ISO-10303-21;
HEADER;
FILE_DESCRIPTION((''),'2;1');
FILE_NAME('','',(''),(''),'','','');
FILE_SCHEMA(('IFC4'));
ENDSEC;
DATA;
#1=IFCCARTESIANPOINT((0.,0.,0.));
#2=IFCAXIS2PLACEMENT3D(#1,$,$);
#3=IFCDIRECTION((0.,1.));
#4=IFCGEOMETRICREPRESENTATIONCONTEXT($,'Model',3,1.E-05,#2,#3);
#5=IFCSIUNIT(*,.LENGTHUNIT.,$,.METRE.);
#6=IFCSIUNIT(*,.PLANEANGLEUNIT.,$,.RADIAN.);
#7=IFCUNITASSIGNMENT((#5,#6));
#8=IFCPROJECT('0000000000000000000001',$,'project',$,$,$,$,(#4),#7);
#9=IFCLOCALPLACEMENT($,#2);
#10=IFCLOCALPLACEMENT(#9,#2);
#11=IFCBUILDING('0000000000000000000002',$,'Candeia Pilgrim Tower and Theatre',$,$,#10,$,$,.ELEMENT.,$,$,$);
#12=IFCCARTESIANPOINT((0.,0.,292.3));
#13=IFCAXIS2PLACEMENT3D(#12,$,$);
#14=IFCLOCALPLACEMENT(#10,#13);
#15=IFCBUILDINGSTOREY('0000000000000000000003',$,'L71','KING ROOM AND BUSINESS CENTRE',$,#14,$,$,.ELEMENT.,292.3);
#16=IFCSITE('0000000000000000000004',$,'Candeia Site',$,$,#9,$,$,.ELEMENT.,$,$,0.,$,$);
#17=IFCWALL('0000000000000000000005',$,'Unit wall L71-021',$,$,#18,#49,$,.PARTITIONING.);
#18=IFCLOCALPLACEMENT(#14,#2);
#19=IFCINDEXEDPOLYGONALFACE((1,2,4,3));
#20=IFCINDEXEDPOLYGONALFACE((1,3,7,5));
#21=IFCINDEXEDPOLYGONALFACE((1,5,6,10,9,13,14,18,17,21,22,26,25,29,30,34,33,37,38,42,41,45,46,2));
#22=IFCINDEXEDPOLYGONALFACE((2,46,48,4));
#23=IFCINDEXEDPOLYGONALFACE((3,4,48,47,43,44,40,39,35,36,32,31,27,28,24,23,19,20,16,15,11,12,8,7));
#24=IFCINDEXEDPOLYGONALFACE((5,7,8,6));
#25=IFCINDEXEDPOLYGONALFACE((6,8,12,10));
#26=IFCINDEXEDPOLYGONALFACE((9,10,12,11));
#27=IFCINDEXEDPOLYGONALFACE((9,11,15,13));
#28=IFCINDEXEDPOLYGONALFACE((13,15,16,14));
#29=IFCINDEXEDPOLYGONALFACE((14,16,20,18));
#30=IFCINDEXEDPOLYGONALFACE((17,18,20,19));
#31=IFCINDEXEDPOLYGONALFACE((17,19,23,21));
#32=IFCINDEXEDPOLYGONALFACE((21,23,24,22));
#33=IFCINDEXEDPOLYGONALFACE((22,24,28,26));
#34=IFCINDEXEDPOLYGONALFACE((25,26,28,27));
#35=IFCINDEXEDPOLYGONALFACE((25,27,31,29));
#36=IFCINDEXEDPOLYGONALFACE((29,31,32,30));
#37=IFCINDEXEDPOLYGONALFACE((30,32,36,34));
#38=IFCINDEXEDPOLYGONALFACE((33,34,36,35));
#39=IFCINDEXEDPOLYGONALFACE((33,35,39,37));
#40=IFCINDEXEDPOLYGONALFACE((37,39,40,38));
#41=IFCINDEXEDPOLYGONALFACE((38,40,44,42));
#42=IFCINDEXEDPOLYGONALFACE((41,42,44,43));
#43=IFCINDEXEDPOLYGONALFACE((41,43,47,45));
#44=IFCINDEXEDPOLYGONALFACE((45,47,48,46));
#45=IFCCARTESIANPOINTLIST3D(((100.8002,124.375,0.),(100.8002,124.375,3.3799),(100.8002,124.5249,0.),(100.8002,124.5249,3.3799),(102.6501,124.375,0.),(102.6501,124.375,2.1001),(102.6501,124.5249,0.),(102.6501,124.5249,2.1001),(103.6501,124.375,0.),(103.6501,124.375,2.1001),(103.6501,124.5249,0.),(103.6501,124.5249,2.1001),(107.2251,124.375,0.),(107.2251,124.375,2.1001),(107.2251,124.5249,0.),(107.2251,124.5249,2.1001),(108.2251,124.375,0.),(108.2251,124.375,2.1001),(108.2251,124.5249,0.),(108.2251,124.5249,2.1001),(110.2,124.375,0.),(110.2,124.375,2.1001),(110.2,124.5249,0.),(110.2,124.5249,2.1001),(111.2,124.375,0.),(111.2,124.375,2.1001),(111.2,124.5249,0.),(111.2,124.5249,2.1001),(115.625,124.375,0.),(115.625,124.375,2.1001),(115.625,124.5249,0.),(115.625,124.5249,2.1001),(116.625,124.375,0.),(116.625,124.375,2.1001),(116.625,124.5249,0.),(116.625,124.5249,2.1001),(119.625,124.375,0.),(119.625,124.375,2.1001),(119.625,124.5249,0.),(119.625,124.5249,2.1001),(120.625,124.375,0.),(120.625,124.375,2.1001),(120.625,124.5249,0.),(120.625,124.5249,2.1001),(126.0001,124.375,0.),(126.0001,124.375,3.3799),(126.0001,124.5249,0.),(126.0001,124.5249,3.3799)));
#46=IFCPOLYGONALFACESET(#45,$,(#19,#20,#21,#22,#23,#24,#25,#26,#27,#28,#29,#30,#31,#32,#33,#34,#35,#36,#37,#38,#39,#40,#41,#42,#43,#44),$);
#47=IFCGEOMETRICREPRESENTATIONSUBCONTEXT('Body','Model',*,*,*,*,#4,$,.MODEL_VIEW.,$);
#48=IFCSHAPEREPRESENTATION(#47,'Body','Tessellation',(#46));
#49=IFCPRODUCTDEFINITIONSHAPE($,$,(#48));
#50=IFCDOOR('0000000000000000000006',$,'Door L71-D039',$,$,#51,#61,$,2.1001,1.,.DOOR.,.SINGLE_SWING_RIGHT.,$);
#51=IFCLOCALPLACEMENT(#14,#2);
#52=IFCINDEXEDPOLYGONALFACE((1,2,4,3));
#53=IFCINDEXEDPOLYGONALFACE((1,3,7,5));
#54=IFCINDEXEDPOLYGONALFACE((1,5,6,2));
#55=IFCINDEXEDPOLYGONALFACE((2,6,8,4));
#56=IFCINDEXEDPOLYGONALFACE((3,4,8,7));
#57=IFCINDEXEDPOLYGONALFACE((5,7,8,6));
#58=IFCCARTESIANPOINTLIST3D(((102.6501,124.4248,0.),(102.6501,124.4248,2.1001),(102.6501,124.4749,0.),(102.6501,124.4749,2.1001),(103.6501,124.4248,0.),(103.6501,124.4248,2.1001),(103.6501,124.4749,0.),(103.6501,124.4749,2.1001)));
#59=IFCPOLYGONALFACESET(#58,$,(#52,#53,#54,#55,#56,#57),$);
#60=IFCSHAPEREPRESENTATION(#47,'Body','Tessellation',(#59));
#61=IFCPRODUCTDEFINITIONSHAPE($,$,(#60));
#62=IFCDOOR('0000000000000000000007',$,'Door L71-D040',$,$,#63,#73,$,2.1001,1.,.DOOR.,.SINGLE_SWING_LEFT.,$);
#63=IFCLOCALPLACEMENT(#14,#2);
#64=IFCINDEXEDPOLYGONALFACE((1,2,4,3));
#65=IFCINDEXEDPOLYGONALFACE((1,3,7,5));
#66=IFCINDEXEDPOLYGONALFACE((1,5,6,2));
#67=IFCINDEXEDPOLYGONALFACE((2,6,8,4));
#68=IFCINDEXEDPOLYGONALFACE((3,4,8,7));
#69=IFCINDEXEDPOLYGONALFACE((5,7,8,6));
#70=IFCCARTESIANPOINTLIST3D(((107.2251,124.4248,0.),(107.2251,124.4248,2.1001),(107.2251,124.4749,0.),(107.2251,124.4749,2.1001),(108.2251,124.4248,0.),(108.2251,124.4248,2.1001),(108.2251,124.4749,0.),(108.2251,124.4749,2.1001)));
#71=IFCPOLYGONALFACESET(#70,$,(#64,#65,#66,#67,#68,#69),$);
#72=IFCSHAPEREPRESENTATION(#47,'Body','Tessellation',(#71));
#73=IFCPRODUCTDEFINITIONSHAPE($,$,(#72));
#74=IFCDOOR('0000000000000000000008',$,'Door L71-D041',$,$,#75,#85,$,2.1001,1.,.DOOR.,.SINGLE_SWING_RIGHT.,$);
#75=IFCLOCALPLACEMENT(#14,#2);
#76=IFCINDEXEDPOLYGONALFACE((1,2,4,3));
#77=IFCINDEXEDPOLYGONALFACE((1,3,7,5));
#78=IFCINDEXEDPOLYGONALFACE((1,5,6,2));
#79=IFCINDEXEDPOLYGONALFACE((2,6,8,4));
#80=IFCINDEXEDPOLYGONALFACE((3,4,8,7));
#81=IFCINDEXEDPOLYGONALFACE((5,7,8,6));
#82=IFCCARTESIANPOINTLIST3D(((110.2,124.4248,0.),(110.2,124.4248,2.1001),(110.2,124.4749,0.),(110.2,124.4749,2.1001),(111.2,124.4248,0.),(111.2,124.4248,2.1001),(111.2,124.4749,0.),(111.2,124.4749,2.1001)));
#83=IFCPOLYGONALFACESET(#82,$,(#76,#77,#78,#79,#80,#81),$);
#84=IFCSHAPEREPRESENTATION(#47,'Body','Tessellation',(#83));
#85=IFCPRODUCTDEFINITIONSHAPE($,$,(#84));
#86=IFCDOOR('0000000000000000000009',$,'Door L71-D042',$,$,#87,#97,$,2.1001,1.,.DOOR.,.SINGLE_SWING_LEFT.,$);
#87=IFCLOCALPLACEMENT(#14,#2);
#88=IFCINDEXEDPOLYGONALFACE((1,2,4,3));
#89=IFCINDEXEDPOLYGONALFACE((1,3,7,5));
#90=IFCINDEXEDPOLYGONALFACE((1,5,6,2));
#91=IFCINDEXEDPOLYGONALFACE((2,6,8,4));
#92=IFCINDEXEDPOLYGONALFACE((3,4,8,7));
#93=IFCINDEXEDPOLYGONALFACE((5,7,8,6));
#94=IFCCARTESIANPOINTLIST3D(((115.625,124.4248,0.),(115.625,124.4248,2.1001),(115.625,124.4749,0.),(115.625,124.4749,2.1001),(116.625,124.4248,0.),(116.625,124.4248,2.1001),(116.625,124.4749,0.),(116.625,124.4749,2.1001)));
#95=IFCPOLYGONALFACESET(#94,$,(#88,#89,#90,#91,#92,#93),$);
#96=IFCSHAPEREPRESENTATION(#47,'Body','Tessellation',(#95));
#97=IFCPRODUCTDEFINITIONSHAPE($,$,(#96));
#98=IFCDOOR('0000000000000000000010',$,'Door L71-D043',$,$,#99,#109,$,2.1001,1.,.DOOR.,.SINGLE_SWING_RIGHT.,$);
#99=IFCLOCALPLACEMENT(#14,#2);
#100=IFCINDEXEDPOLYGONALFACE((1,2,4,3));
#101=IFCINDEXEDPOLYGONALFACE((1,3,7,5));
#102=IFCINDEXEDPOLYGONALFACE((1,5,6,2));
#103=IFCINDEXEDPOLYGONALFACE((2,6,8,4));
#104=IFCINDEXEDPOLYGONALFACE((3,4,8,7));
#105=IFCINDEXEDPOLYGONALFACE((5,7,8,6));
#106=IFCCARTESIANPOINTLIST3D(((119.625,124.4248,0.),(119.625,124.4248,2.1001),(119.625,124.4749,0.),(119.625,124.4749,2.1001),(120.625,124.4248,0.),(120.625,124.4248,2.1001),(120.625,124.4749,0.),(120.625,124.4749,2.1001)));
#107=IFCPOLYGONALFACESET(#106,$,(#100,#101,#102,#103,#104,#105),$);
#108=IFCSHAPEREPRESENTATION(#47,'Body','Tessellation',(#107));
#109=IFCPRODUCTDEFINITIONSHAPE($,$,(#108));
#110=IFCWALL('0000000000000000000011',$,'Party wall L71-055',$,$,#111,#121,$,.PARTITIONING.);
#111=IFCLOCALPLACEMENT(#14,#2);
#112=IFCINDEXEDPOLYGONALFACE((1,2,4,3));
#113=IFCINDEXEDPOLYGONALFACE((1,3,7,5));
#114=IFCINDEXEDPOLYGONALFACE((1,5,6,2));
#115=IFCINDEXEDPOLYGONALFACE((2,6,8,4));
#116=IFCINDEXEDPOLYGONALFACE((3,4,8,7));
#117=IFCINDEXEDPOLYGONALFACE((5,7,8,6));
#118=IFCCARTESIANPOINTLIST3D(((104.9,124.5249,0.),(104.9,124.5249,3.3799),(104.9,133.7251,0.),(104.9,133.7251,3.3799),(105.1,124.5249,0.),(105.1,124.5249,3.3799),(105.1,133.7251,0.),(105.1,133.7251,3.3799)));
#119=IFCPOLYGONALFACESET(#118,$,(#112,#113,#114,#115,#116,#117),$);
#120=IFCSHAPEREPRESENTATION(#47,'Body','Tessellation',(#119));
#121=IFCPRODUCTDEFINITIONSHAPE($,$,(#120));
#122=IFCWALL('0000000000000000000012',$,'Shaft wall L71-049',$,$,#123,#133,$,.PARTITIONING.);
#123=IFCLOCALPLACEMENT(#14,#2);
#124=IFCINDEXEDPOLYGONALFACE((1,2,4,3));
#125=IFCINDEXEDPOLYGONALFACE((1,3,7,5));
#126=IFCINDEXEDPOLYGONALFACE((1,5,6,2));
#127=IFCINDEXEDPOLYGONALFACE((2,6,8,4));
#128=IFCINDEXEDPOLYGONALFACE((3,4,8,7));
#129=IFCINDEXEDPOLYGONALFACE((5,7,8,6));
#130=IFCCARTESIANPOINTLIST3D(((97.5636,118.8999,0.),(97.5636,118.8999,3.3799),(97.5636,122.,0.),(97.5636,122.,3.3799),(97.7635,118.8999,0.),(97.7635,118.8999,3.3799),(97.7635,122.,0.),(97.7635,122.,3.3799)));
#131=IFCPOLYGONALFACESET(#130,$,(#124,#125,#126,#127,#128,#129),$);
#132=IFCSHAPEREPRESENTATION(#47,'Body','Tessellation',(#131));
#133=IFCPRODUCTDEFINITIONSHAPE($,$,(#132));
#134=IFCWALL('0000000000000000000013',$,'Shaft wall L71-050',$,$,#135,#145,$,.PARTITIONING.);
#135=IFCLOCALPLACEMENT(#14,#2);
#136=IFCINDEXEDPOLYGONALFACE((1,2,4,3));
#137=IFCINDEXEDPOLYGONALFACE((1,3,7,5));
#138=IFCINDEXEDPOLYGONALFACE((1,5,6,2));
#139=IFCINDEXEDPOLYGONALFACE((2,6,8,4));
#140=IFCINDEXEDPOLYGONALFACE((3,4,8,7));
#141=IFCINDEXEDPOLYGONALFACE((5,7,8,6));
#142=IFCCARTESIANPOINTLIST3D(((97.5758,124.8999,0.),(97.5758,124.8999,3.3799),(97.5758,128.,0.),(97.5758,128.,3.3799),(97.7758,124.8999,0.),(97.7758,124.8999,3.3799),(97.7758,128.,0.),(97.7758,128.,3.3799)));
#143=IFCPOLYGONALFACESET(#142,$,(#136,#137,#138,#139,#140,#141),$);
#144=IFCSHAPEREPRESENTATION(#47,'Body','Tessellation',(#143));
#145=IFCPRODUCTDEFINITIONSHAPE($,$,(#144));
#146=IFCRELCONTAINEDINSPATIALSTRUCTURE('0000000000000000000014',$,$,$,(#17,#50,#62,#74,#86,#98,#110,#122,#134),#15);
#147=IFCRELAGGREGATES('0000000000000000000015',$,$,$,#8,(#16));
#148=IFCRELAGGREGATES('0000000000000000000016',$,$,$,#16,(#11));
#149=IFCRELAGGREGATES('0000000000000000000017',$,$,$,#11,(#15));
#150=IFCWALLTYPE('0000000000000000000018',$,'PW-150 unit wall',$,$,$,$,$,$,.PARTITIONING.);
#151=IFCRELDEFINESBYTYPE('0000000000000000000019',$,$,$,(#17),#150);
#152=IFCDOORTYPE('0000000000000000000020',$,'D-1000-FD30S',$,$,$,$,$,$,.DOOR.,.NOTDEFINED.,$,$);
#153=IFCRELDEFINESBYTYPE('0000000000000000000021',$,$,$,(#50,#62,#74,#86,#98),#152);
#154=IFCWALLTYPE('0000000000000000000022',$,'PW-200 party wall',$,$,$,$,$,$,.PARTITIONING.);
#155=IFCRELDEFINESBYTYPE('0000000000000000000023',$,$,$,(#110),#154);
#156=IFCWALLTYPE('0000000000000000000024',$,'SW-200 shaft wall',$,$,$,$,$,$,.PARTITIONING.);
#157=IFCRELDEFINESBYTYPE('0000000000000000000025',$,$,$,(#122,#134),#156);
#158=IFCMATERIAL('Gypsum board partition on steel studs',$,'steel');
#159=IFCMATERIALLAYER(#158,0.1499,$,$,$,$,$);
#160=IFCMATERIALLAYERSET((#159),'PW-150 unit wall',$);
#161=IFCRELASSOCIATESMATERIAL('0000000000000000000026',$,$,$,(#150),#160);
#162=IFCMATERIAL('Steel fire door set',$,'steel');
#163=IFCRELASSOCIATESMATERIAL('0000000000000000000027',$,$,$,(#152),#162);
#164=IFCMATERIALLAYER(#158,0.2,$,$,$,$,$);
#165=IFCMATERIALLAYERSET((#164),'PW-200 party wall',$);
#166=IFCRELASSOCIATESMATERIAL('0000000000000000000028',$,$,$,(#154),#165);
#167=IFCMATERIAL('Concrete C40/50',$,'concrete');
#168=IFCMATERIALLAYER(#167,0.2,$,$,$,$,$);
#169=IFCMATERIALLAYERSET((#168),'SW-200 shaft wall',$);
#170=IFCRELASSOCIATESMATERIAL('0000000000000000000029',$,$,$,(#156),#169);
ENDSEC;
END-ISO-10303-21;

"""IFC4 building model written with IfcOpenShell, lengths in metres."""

from ifc_helpers import new_model, si_unit, direction, frame, frame_2d, origin, place, context, subcontext, project, spatial, rectangle, extrude, material, layer, layer_set, type_object, element, fill, save


model = new_model("IFC4")

# Units and contexts
model_context = context("Model", 3, precision=1e-05, world=origin(), true_north=direction((0.0, 1.0)))
body_context = subcontext(model_context, "Body", "Model", "MODEL_VIEW")
ifc_project = project(units=[si_unit("LENGTHUNIT", "METRE"), si_unit("PLANEANGLEUNIT", "RADIAN")], contexts=[model_context])

# Site, building, storey
site_placement = place(None, origin())
site = spatial("IfcSite", under=ifc_project, at=site_placement, Name="Candeia Site", CompositionType="ELEMENT", RefElevation=0.0)
building_placement = place(site_placement, origin())
building = spatial("IfcBuilding", under=site, at=building_placement, Name="Candeia Pilgrim Tower and Theatre", CompositionType="ELEMENT")
storey_placement = place(building_placement, frame((0.0, 0.0, 292.3)))
storey = spatial("IfcBuildingStorey", under=building, at=storey_placement, Name="L71", Description="KING ROOM AND BUSINESS CENTRE", CompositionType="ELEMENT", Elevation=292.3)

# Shared definitions
ifc_material_1 = material(Name="Gypsum board partition on steel studs", Category="steel")

# Wall, openings, doors
ifc_layer_1 = layer(ifc_material_1, 0.1499)
ifc_layer_set_1 = layer_set([ifc_layer_1], Name="PW-150 unit wall")
wall_type_1 = type_object("IfcWallType", Name="PW-150 unit wall", PredefinedType="PARTITIONING", material=ifc_layer_set_1)
ifc_material_2 = material(Name="Steel fire door set", Category="steel")
door_type_1 = type_object("IfcDoorType", Name="D-1000-FD30S", OperationType="NOTDEFINED", PredefinedType="DOOR", material=ifc_material_2)
wall_1_placement = place(storey_placement, frame((100.8, 124.45, 0.0), z_axis=(0.0, 0.0, 1.0), x_axis=(1.0, 0.0, 0.0)))
wall_1 = element("IfcWall", 1, at=wall_1_placement, inside=storey, type_object=wall_type_1, Name="Unit wall L71-021", PredefinedType="PARTITIONING", context=body_context, shape_type="SweptSolid", body=[
    extrude(rectangle(XDim=25.2, YDim=0.1499, at=frame_2d((12.6001, 0.0))), origin(), (0.0, 0.0, 1.0), 3.3799),
])
opening_1_placement = place(wall_1_placement, frame((1.8501, 0.0, 0.0)))
opening_1 = element("IfcOpeningElement", 2, at=opening_1_placement, cuts=wall_1, PredefinedType="OPENING", context=body_context, shape_type="SweptSolid", body=[
    extrude(rectangle(XDim=1.0, YDim=2.1001, at=frame_2d((0.5, 1.05))), frame((0.0, 0.085, 0.0), z_axis=(0.0, -1.0, 0.0), x_axis=(1.0, 0.0, 0.0)), (0.0, 0.0, 1.0), 0.1699),
])
opening_2_placement = place(wall_1_placement, frame((6.425, 0.0, 0.0)))
opening_2 = element("IfcOpeningElement", 3, at=opening_2_placement, cuts=wall_1, PredefinedType="OPENING", context=body_context, shape_type="SweptSolid", body=[
    extrude(rectangle(XDim=1.0, YDim=2.1001, at=frame_2d((0.5, 1.05))), frame((0.0, 0.085, 0.0), z_axis=(0.0, -1.0, 0.0), x_axis=(1.0, 0.0, 0.0)), (0.0, 0.0, 1.0), 0.1699),
])
opening_3_placement = place(wall_1_placement, frame((9.3999, 0.0, 0.0)))
opening_3 = element("IfcOpeningElement", 4, at=opening_3_placement, cuts=wall_1, PredefinedType="OPENING", context=body_context, shape_type="SweptSolid", body=[
    extrude(rectangle(XDim=1.0, YDim=2.1001, at=frame_2d((0.5, 1.05))), frame((0.0, 0.085, 0.0), z_axis=(0.0, -1.0, 0.0), x_axis=(1.0, 0.0, 0.0)), (0.0, 0.0, 1.0), 0.1699),
])
opening_4_placement = place(wall_1_placement, frame((14.825, 0.0, 0.0)))
opening_4 = element("IfcOpeningElement", 5, at=opening_4_placement, cuts=wall_1, PredefinedType="OPENING", context=body_context, shape_type="SweptSolid", body=[
    extrude(rectangle(XDim=1.0, YDim=2.1001, at=frame_2d((0.5, 1.05))), frame((0.0, 0.085, 0.0), z_axis=(0.0, -1.0, 0.0), x_axis=(1.0, 0.0, 0.0)), (0.0, 0.0, 1.0), 0.1699),
])
opening_5_placement = place(wall_1_placement, frame((18.825, 0.0, 0.0)))
opening_5 = element("IfcOpeningElement", 6, at=opening_5_placement, cuts=wall_1, PredefinedType="OPENING", context=body_context, shape_type="SweptSolid", body=[
    extrude(rectangle(XDim=1.0, YDim=2.1001, at=frame_2d((0.5, 1.05))), frame((0.0, 0.085, 0.0), z_axis=(0.0, -1.0, 0.0), x_axis=(1.0, 0.0, 0.0)), (0.0, 0.0, 1.0), 0.1699),
])
door_1_placement = place(opening_1_placement, origin())
door_1 = element("IfcDoor", 7, at=door_1_placement, inside=storey, type_object=door_type_1, Name="Door L71-D039", OperationType="SINGLE_SWING_RIGHT", OverallHeight=2.1001, OverallWidth=1.0, PredefinedType="DOOR", context=body_context, shape_type="SweptSolid", body=[
    extrude(rectangle(XDim=1.0, YDim=2.1001, at=frame_2d((0.5, 1.05))), frame((0.0, 0.0249, 0.0), z_axis=(0.0, -1.0, 0.0), x_axis=(1.0, 0.0, 0.0)), (0.0, 0.0, 1.0), 0.05),
])
fill(opening_1, door_1)
door_2_placement = place(opening_2_placement, origin())
door_2 = element("IfcDoor", 8, at=door_2_placement, inside=storey, type_object=door_type_1, Name="Door L71-D040", OperationType="SINGLE_SWING_LEFT", OverallHeight=2.1001, OverallWidth=1.0, PredefinedType="DOOR", context=body_context, shape_type="SweptSolid", body=[
    extrude(rectangle(XDim=1.0, YDim=2.1001, at=frame_2d((0.5, 1.05))), frame((0.0, 0.0249, 0.0), z_axis=(0.0, -1.0, 0.0), x_axis=(1.0, 0.0, 0.0)), (0.0, 0.0, 1.0), 0.05),
])
fill(opening_2, door_2)
door_3_placement = place(opening_3_placement, origin())
door_3 = element("IfcDoor", 9, at=door_3_placement, inside=storey, type_object=door_type_1, Name="Door L71-D041", OperationType="SINGLE_SWING_RIGHT", OverallHeight=2.1001, OverallWidth=1.0, PredefinedType="DOOR", context=body_context, shape_type="SweptSolid", body=[
    extrude(rectangle(XDim=1.0, YDim=2.1001, at=frame_2d((0.5, 1.05))), frame((0.0, 0.0249, 0.0), z_axis=(0.0, -1.0, 0.0), x_axis=(1.0, 0.0, 0.0)), (0.0, 0.0, 1.0), 0.05),
])
fill(opening_3, door_3)
door_4_placement = place(opening_4_placement, origin())
door_4 = element("IfcDoor", 10, at=door_4_placement, inside=storey, type_object=door_type_1, Name="Door L71-D042", OperationType="SINGLE_SWING_LEFT", OverallHeight=2.1001, OverallWidth=1.0, PredefinedType="DOOR", context=body_context, shape_type="SweptSolid", body=[
    extrude(rectangle(XDim=1.0, YDim=2.1001, at=frame_2d((0.5, 1.05))), frame((0.0, 0.0249, 0.0), z_axis=(0.0, -1.0, 0.0), x_axis=(1.0, 0.0, 0.0)), (0.0, 0.0, 1.0), 0.05),
])
fill(opening_4, door_4)
door_5_placement = place(opening_5_placement, origin())
door_5 = element("IfcDoor", 11, at=door_5_placement, inside=storey, type_object=door_type_1, Name="Door L71-D043", OperationType="SINGLE_SWING_RIGHT", OverallHeight=2.1001, OverallWidth=1.0, PredefinedType="DOOR", context=body_context, shape_type="SweptSolid", body=[
    extrude(rectangle(XDim=1.0, YDim=2.1001, at=frame_2d((0.5, 1.05))), frame((0.0, 0.0249, 0.0), z_axis=(0.0, -1.0, 0.0), x_axis=(1.0, 0.0, 0.0)), (0.0, 0.0, 1.0), 0.05),
])
fill(opening_5, door_5)

# Walls
ifc_layer_2 = layer(ifc_material_1, 0.2)
ifc_layer_set_2 = layer_set([ifc_layer_2], Name="PW-200 party wall")
wall_type_2 = type_object("IfcWallType", Name="PW-200 party wall", PredefinedType="PARTITIONING", material=ifc_layer_set_2)
wall_2_placement = place(storey_placement, frame((105.0, 124.5249, 0.0), z_axis=(0.0, 0.0, 1.0), x_axis=(0.0, 1.0, 0.0)))
element("IfcWall", 12, at=wall_2_placement, inside=storey, type_object=wall_type_2, Name="Party wall L71-055", PredefinedType="PARTITIONING", context=body_context, shape_type="SweptSolid", body=[
    extrude(rectangle(XDim=9.2002, YDim=0.2, at=frame_2d((4.6001, 0.0))), origin(), (0.0, 0.0, 1.0), 3.3799),
])
ifc_material_3 = material(Name="Concrete C40/50", Category="concrete")
ifc_layer_3 = layer(ifc_material_3, 0.2)
ifc_layer_set_3 = layer_set([ifc_layer_3], Name="SW-200 shaft wall")
wall_type_3 = type_object("IfcWallType", Name="SW-200 shaft wall", PredefinedType="PARTITIONING", material=ifc_layer_set_3)
for number, where, z_axis, x_axis, name in (
    (13, (97.6636, 118.8999, 0.0), (0.0, 0.0, 1.0), (0.0, 1.0, 0.0), "Shaft wall L71-049"),
    (14, (97.6758, 124.8999, 0.0), (0.0, 0.0, 1.0), (0.0, 1.0, 0.0), "Shaft wall L71-050"),
):
    element("IfcWall", number, at=place(storey_placement, frame(where, z_axis=z_axis, x_axis=x_axis)), inside=storey, type_object=wall_type_3, Name=name, PredefinedType="PARTITIONING", context=body_context, shape_type="SweptSolid", body=[
        extrude(rectangle(XDim=3.1001, YDim=0.2, at=frame_2d((1.55, 0.0))), origin(), (0.0, 0.0, 1.0), 3.3799),
    ])

save(model, "model.ifc")
